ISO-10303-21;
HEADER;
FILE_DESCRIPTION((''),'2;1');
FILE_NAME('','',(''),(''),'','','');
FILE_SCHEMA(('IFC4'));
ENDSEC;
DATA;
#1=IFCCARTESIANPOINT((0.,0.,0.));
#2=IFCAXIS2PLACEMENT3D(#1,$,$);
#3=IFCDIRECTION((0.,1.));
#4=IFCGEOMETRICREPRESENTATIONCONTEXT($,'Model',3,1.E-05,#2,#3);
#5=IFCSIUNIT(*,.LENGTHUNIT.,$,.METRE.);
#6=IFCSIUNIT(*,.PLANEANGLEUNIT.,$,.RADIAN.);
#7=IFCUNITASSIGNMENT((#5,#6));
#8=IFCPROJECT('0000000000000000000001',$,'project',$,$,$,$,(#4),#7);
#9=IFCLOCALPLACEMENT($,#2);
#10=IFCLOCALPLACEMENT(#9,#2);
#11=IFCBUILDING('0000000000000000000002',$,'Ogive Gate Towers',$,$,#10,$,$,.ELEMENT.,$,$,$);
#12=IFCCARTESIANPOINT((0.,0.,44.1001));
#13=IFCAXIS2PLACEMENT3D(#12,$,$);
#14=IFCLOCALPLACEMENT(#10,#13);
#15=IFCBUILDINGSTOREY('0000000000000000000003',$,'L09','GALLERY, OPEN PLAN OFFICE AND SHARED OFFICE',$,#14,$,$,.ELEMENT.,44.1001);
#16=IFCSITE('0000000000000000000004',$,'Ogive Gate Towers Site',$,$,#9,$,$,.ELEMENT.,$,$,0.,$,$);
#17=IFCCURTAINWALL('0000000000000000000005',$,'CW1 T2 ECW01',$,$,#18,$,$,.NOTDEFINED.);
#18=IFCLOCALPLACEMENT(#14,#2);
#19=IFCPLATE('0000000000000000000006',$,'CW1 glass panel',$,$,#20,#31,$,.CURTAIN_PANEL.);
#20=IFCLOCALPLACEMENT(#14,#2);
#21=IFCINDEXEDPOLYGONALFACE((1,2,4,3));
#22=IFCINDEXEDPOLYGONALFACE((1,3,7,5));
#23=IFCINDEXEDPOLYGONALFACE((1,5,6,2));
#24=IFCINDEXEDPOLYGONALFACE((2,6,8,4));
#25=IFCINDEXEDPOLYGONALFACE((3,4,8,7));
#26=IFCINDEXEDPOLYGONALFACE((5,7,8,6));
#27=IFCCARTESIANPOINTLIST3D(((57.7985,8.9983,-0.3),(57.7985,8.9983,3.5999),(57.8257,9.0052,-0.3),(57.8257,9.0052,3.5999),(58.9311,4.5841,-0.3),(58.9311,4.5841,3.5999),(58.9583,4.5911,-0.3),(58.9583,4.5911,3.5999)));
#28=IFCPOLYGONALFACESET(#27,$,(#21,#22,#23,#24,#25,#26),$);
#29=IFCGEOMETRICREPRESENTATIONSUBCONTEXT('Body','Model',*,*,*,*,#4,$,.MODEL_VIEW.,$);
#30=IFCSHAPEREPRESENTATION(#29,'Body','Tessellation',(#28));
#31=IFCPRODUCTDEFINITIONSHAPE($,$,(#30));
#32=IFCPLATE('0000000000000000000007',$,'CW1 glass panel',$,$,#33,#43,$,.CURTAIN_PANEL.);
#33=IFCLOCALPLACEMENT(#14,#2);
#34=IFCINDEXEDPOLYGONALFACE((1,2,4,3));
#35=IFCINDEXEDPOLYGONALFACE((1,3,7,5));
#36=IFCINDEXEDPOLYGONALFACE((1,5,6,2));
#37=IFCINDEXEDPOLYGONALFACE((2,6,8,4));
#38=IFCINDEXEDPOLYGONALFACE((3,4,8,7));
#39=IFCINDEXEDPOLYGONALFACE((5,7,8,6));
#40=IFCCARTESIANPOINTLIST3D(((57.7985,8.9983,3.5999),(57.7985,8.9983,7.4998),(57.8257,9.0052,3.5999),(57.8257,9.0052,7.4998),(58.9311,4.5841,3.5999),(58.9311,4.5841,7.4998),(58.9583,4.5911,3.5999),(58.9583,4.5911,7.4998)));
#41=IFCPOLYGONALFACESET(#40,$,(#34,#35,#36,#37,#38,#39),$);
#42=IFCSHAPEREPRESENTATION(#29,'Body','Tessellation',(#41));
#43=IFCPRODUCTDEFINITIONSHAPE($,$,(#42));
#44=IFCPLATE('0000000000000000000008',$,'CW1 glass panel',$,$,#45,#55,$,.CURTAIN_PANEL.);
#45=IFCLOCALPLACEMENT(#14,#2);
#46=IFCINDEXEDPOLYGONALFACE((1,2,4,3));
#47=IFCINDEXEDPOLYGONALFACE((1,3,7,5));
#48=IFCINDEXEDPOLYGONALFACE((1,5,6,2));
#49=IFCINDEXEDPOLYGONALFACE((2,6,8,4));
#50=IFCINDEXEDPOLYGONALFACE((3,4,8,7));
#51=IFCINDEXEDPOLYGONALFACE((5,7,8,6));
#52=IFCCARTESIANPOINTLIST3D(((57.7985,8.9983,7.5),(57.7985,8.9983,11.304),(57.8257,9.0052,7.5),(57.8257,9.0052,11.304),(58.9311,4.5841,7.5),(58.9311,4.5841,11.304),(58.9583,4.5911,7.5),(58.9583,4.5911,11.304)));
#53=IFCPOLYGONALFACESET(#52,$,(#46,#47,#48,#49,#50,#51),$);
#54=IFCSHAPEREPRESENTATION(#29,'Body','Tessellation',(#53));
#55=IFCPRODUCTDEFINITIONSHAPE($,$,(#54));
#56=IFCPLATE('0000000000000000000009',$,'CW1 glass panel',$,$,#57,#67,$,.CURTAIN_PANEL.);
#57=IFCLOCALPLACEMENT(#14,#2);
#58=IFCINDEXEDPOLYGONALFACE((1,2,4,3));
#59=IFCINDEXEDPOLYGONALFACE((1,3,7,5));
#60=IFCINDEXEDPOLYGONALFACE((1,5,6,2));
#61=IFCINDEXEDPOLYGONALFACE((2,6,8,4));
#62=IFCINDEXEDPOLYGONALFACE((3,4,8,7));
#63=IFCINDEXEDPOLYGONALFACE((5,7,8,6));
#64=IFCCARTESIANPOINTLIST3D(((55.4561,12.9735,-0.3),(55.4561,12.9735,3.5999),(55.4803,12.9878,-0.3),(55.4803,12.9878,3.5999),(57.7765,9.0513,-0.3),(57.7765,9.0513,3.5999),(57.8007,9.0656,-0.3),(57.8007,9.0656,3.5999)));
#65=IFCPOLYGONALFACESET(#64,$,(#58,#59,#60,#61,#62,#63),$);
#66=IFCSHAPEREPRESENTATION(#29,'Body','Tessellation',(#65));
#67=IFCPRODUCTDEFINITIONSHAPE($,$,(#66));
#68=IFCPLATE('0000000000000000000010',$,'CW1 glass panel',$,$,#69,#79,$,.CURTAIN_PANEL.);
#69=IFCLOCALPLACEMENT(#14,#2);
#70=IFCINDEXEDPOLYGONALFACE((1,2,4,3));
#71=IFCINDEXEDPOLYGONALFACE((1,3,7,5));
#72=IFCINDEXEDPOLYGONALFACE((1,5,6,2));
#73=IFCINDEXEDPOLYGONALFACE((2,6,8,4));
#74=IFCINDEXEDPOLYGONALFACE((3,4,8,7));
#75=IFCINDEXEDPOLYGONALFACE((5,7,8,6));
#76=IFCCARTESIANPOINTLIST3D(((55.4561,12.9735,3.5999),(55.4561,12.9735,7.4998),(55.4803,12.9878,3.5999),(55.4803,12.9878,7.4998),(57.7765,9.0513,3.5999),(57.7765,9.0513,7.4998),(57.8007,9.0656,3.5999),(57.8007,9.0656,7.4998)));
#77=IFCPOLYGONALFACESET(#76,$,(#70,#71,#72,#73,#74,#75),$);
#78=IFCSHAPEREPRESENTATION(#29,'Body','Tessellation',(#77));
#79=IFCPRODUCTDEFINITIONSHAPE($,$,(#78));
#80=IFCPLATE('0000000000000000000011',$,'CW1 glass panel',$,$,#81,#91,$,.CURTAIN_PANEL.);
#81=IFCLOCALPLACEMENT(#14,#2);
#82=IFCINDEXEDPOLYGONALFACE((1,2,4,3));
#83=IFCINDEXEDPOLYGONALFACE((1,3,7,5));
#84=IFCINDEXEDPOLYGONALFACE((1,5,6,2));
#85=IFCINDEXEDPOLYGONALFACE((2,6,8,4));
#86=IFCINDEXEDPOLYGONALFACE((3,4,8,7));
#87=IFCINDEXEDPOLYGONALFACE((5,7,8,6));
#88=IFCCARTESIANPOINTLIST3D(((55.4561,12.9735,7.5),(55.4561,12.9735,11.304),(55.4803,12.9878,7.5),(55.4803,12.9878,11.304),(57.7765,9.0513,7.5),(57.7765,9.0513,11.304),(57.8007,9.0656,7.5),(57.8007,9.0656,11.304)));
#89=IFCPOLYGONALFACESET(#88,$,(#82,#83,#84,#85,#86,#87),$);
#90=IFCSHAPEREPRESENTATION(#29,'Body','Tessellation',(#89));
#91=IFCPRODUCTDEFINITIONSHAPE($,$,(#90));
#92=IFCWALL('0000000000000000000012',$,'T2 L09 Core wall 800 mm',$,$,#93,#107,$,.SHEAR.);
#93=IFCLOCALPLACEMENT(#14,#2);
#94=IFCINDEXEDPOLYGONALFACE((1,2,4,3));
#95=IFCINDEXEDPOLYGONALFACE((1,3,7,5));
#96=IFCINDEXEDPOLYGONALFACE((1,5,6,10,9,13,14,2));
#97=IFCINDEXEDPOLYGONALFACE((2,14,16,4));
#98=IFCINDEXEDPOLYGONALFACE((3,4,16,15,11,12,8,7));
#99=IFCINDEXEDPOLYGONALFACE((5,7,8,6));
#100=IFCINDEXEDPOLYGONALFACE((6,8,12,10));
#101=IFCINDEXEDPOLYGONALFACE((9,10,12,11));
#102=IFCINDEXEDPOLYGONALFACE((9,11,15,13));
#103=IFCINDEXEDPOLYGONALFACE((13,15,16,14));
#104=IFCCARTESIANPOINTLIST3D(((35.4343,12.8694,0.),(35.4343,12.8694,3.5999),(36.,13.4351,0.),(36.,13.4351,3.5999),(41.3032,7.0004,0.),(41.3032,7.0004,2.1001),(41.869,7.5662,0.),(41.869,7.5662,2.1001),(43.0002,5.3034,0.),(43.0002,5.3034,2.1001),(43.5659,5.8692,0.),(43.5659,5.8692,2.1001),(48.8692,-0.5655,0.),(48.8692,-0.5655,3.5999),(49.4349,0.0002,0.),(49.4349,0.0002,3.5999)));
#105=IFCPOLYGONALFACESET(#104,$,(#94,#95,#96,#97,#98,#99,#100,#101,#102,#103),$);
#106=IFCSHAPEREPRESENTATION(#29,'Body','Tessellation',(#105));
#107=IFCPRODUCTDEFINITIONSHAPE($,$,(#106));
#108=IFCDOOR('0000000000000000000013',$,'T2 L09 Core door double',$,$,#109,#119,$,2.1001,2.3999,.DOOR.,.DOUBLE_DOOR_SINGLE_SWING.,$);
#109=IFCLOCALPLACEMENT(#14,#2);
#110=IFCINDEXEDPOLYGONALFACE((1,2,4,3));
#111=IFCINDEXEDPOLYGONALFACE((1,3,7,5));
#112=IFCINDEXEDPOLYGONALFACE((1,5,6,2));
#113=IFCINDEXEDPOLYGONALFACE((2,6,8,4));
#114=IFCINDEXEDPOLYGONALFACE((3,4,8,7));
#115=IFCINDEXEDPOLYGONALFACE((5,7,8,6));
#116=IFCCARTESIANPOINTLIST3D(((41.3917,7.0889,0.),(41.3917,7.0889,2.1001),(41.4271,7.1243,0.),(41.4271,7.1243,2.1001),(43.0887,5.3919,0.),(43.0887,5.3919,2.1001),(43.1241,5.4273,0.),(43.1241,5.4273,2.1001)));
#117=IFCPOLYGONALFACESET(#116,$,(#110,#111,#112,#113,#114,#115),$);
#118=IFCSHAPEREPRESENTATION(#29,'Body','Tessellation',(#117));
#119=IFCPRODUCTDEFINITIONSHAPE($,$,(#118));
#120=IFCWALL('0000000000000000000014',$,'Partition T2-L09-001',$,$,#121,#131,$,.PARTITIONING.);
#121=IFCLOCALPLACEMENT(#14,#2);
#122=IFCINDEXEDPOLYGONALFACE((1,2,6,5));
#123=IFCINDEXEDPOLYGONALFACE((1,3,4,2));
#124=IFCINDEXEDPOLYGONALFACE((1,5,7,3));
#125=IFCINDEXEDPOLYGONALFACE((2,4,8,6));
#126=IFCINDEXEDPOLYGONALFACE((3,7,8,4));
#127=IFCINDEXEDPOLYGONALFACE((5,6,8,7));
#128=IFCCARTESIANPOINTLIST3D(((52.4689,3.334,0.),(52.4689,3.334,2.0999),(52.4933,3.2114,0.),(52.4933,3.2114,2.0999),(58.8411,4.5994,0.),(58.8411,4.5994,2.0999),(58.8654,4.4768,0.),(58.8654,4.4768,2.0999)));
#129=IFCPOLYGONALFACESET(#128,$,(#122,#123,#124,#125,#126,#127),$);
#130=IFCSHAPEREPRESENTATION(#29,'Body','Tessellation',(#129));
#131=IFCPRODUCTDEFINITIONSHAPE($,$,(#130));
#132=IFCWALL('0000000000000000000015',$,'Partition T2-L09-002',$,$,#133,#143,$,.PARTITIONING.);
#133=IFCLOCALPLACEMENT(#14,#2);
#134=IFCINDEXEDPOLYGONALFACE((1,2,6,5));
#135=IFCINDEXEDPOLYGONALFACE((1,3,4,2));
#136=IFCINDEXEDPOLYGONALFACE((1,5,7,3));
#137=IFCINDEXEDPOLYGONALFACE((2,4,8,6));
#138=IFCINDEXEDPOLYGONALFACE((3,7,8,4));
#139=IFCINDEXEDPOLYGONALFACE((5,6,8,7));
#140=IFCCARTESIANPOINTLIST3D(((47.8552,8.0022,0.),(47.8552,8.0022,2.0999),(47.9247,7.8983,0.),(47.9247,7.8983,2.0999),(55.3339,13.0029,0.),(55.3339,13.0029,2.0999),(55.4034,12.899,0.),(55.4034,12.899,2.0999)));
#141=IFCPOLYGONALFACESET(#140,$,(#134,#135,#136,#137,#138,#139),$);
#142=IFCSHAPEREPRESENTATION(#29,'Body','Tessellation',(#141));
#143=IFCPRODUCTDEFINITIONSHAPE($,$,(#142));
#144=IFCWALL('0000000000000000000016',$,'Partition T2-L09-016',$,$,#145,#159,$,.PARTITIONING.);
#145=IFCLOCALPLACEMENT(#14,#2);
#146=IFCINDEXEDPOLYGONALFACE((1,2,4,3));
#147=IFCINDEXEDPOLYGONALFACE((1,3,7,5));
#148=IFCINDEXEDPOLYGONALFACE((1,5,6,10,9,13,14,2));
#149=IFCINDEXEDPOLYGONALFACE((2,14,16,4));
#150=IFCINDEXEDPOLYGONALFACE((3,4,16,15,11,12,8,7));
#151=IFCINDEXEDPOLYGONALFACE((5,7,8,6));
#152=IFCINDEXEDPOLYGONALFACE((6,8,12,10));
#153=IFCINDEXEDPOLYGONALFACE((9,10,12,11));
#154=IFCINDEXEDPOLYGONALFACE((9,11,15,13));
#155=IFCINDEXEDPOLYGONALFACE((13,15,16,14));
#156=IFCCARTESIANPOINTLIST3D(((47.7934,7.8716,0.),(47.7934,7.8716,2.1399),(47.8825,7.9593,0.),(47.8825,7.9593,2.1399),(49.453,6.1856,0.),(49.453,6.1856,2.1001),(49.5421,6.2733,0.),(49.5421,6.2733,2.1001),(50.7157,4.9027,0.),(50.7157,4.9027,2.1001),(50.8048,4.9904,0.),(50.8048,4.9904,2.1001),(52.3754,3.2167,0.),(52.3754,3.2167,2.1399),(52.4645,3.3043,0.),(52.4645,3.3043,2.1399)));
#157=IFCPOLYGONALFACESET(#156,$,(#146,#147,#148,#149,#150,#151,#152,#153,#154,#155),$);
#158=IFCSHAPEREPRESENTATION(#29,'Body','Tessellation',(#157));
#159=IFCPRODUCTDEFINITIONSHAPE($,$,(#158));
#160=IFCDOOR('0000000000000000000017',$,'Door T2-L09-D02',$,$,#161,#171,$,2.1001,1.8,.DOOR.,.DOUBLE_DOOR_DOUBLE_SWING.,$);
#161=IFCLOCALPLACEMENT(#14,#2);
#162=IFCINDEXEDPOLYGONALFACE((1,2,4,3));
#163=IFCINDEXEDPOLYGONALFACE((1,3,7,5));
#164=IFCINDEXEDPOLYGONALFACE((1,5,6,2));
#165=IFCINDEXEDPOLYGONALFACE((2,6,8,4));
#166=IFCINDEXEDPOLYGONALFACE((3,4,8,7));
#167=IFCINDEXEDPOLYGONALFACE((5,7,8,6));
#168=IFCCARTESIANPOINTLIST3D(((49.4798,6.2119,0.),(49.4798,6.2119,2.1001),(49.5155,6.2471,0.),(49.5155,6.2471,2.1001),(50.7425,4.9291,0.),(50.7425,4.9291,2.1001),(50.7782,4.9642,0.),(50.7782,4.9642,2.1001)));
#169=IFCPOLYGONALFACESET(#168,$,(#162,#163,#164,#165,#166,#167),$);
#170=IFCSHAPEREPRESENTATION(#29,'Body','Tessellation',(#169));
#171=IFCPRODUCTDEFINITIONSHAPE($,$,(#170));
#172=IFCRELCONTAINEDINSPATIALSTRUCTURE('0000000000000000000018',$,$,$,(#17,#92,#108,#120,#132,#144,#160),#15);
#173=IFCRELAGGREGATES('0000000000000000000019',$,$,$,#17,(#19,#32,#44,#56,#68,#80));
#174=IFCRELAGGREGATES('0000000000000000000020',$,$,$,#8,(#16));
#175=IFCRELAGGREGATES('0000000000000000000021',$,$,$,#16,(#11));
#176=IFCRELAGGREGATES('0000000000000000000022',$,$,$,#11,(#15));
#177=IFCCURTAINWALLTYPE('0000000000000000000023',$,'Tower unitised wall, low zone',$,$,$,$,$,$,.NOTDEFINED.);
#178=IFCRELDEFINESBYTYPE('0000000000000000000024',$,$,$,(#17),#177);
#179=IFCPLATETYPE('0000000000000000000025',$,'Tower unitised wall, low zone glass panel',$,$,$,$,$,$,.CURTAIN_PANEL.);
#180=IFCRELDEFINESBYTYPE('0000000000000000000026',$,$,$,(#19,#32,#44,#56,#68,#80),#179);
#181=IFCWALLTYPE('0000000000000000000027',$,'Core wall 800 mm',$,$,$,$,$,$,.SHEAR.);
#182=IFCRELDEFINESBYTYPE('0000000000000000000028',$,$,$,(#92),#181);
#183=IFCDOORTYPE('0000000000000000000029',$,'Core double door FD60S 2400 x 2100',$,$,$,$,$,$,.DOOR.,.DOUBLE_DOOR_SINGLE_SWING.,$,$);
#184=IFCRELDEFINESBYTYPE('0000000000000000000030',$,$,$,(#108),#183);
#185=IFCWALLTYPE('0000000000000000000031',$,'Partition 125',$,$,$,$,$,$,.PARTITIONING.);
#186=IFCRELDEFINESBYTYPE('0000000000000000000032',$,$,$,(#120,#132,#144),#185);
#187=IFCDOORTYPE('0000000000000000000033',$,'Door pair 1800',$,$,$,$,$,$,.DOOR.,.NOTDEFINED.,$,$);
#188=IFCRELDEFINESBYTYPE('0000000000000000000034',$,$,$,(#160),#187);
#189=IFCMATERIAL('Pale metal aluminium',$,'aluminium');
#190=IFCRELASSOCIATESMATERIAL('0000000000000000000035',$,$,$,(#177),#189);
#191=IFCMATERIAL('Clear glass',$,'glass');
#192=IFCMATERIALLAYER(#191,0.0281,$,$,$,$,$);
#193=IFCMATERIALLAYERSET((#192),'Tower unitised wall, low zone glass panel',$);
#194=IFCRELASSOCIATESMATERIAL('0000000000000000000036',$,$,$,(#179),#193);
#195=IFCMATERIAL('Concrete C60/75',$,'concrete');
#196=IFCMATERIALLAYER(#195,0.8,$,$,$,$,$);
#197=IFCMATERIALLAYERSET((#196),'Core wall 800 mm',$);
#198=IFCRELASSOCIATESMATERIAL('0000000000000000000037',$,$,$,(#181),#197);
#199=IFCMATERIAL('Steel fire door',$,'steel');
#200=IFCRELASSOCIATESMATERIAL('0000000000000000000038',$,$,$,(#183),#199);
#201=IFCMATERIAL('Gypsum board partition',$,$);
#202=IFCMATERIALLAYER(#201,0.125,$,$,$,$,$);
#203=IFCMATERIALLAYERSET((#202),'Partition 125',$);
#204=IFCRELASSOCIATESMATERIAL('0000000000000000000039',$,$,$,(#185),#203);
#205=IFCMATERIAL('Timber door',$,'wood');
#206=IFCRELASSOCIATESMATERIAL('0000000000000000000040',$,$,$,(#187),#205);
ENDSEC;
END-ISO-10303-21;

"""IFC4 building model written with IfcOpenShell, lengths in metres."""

from ifc_helpers import new_model, si_unit, direction, frame, frame_2d, origin, origin_2d, place, context, subcontext, project, spatial, rectangle, extrude, material, layer, layer_set, type_object, element, fill, aggregate, save


model = new_model("IFC4")

# Units and contexts
model_context = context("Model", 3, precision=1e-05, world=origin(), true_north=direction((0.0, 1.0)))
body_context = subcontext(model_context, "Body", "Model", "MODEL_VIEW")
ifc_project = project(units=[si_unit("LENGTHUNIT", "METRE"), si_unit("PLANEANGLEUNIT", "RADIAN")], contexts=[model_context])

# Site, building, storey
site_placement = place(None, origin())
site = spatial("IfcSite", under=ifc_project, at=site_placement, Name="Ogive Gate Towers Site", CompositionType="ELEMENT", RefElevation=0.0)
building_placement = place(site_placement, origin())
building = spatial("IfcBuilding", under=site, at=building_placement, Name="Ogive Gate Towers", CompositionType="ELEMENT")
storey_placement = place(building_placement, frame((0.0, 0.0, 44.1001)))
storey = spatial("IfcBuildingStorey", under=building, at=storey_placement, Name="L09", Description="GALLERY, OPEN PLAN OFFICE AND SHARED OFFICE", CompositionType="ELEMENT", Elevation=44.1001)

# Curtain wall, plates
ifc_material_1 = material(Name="Pale metal aluminium", Category="aluminium")
curtain_wall_type = type_object("IfcCurtainWallType", Name="Tower unitised wall, low zone", PredefinedType="NOTDEFINED", material=ifc_material_1)
curtain_wall_placement = place(storey_placement, origin())
curtain_wall = element("IfcCurtainWall", 1, at=curtain_wall_placement, inside=storey, type_object=curtain_wall_type, Name="CW1 T2 ECW01", PredefinedType="NOTDEFINED")
ifc_material_2 = material(Name="Clear glass", Category="glass")
ifc_layer_1 = layer(ifc_material_2, 0.0281)
ifc_layer_set_1 = layer_set([ifc_layer_1], Name="Tower unitised wall, low zone glass panel")
plate_type = type_object("IfcPlateType", Name="Tower unitised wall, low zone glass panel", PredefinedType="CURTAIN_PANEL", material=ifc_layer_set_1)
plate_1_placement = place(storey_placement, frame((58.3784, 6.7947, -0.3), z_axis=(0.0, 0.0, 1.0), x_axis=(-0.248521, 0.968627, 0.0)))
plate_1 = element("IfcPlate", 2, at=plate_1_placement, type_object=plate_type, Name="CW1 glass panel", PredefinedType="CURTAIN_PANEL", context=body_context, shape_type="SweptSolid", body=[
    extrude(rectangle(XDim=4.5571, YDim=0.0281, at=origin_2d()), origin(), (0.0, 0.0, 1.0), 3.8999),
])
plate_2_placement = place(storey_placement, frame((58.3784, 6.7947, 3.5999), z_axis=(0.0, 0.0, 1.0), x_axis=(-0.248521, 0.968627, 0.0)))
plate_2 = element("IfcPlate", 3, at=plate_2_placement, type_object=plate_type, Name="CW1 glass panel", PredefinedType="CURTAIN_PANEL", context=body_context, shape_type="SweptSolid", body=[
    extrude(rectangle(XDim=4.5571, YDim=0.0281, at=origin_2d()), origin(), (0.0, 0.0, 1.0), 3.8999),
])
plate_3_placement = place(storey_placement, frame((58.3784, 6.7947, 7.5), z_axis=(0.0, 0.0, 1.0), x_axis=(-0.248521, 0.968627, 0.0)))
plate_3 = element("IfcPlate", 4, at=plate_3_placement, type_object=plate_type, Name="CW1 glass panel", PredefinedType="CURTAIN_PANEL", context=body_context, shape_type="SweptSolid", body=[
    extrude(rectangle(XDim=4.5571, YDim=0.0281, at=origin_2d()), origin(), (0.0, 0.0, 1.0), 3.804),
])
plate_4_placement = place(storey_placement, frame((56.6284, 11.0195, -0.3), z_axis=(0.0, 0.0, 1.0), x_axis=(-0.509177, 0.860662, 0.0)))
plate_4 = element("IfcPlate", 5, at=plate_4_placement, type_object=plate_type, Name="CW1 glass panel", PredefinedType="CURTAIN_PANEL", context=body_context, shape_type="SweptSolid", body=[
    extrude(rectangle(XDim=4.5571, YDim=0.0281, at=origin_2d()), origin(), (0.0, 0.0, 1.0), 3.8999),
])
plate_5_placement = place(storey_placement, frame((56.6284, 11.0195, 3.5999), z_axis=(0.0, 0.0, 1.0), x_axis=(-0.509177, 0.860662, 0.0)))
plate_5 = element("IfcPlate", 6, at=plate_5_placement, type_object=plate_type, Name="CW1 glass panel", PredefinedType="CURTAIN_PANEL", context=body_context, shape_type="SweptSolid", body=[
    extrude(rectangle(XDim=4.5571, YDim=0.0281, at=origin_2d()), origin(), (0.0, 0.0, 1.0), 3.8999),
])
plate_6_placement = place(storey_placement, frame((56.6284, 11.0195, 7.5), z_axis=(0.0, 0.0, 1.0), x_axis=(-0.509177, 0.860662, 0.0)))
plate_6 = element("IfcPlate", 7, at=plate_6_placement, type_object=plate_type, Name="CW1 glass panel", PredefinedType="CURTAIN_PANEL", context=body_context, shape_type="SweptSolid", body=[
    extrude(rectangle(XDim=4.5571, YDim=0.0281, at=origin_2d()), origin(), (0.0, 0.0, 1.0), 3.804),
])
aggregate(curtain_wall, [plate_1, plate_2, plate_3, plate_4, plate_5, plate_6])

# Wall, opening, door
ifc_material_3 = material(Name="Concrete C60/75", Category="concrete")
ifc_layer_2 = layer(ifc_material_3, 0.8)
ifc_layer_set_2 = layer_set([ifc_layer_2], Name="Core wall 800 mm")
wall_type_1 = type_object("IfcWallType", Name="Core wall 800 mm", PredefinedType="SHEAR", material=ifc_layer_set_2)
wall_1_placement = place(storey_placement, frame((49.1521, -0.2827, 0.0), z_axis=(0.0, 0.0, 1.0), x_axis=(-0.707107, 0.707107, 0.0)))
wall_1 = element("IfcWall", 8, at=wall_1_placement, inside=storey, type_object=wall_type_1, Name="T2 L09 Core wall 800 mm", PredefinedType="SHEAR", context=body_context, shape_type="SweptSolid", body=[
    extrude(rectangle(XDim=18.9998, YDim=0.8, at=frame_2d((9.5, 0.0))), origin(), (0.0, 0.0, 1.0), 3.5999),
])
opening_1_placement = place(wall_1_placement, frame((8.3, 0.0, 0.0)))
opening_1 = element("IfcOpeningElement", 9, at=opening_1_placement, cuts=wall_1, PredefinedType="OPENING", context=body_context, shape_type="SweptSolid", body=[
    extrude(rectangle(XDim=2.3999, YDim=2.1001, at=frame_2d((1.2, 1.05))), frame((0.0, 0.4102, 0.0), z_axis=(0.0, -1.0, 0.0), x_axis=(1.0, 0.0, 0.0)), (0.0, 0.0, 1.0), 0.8201),
])
ifc_material_4 = material(Name="Steel fire door", Category="steel")
door_type_1 = type_object("IfcDoorType", Name="Core double door FD60S 2400 x 2100", OperationType="DOUBLE_DOOR_SINGLE_SWING", PredefinedType="DOOR", material=ifc_material_4)
door_1_placement = place(opening_1_placement, origin())
door_1 = element("IfcDoor", 10, at=door_1_placement, inside=storey, type_object=door_type_1, Name="T2 L09 Core door double", OperationType="DOUBLE_DOOR_SINGLE_SWING", OverallHeight=2.1001, OverallWidth=2.3999, PredefinedType="DOOR", context=body_context, shape_type="SweptSolid", body=[
    extrude(rectangle(XDim=2.3999, YDim=2.1001, at=frame_2d((1.2, 1.05))), frame((0.0, 0.2749, 0.0), z_axis=(0.0, -1.0, 0.0), x_axis=(1.0, 0.0, 0.0)), (0.0, 0.0, 1.0), 0.05),
])
fill(opening_1, door_1)

# Walls
ifc_material_5 = material(Name="Gypsum board partition")
ifc_layer_3 = layer(ifc_material_5, 0.125)
ifc_layer_set_3 = layer_set([ifc_layer_3], Name="Partition 125")
wall_type_2 = type_object("IfcWallType", Name="Partition 125", PredefinedType="PARTITIONING", material=ifc_layer_set_3)
wall_2_placement = place(storey_placement, frame((58.8533, 4.5381, 0.0), z_axis=(0.0, 0.0, 1.0), x_axis=(-0.980847, -0.194779, 0.0)))
element("IfcWall", 11, at=wall_2_placement, inside=storey, type_object=wall_type_2, Name="Partition T2-L09-001", PredefinedType="PARTITIONING", context=body_context, shape_type="SweptSolid", body=[
    extrude(rectangle(XDim=6.4966, YDim=0.125, at=frame_2d((3.2483, 0.0))), origin(), (0.0, 0.0, 1.0), 2.0999),
])
wall_3_placement = place(storey_placement, frame((55.3687, 12.9509, 0.0), z_axis=(0.0, 0.0, 1.0), x_axis=(-0.831285, -0.555846, 0.0)))
element("IfcWall", 12, at=wall_3_placement, inside=storey, type_object=wall_type_2, Name="Partition T2-L09-002", PredefinedType="PARTITIONING", context=body_context, shape_type="SweptSolid", body=[
    extrude(rectangle(XDim=8.9966, YDim=0.125, at=frame_2d((4.4983, 0.0))), origin(), (0.0, 0.0, 1.0), 2.0999),
])

# Wall, opening, door
wall_4_placement = place(storey_placement, frame((52.4199, 3.2605, 0.0), z_axis=(0.0, 0.0, 1.0), x_axis=(-0.701497, 0.712673, 0.0)))
wall_4 = element("IfcWall", 13, at=wall_4_placement, inside=storey, type_object=wall_type_2, Name="Partition T2-L09-016", PredefinedType="PARTITIONING", context=body_context, shape_type="SweptSolid", body=[
    extrude(rectangle(XDim=6.5317, YDim=0.125, at=frame_2d((3.2659, 0.0))), origin(), (0.0, 0.0, 1.0), 2.1399),
])
opening_2_placement = place(wall_4_placement, frame((2.366, 0.0, 0.0)))
opening_2 = element("IfcOpeningElement", 14, at=opening_2_placement, cuts=wall_4, PredefinedType="OPENING", context=body_context, shape_type="SweptSolid", body=[
    extrude(rectangle(XDim=1.8, YDim=2.1001, at=frame_2d((0.8999, 1.05))), frame((0.0, 0.0725, 0.0), z_axis=(0.0, -1.0, 0.0), x_axis=(1.0, 0.0, 0.0)), (0.0, 0.0, 1.0), 0.145),
])
ifc_material_6 = material(Name="Timber door", Category="wood")
door_type_2 = type_object("IfcDoorType", Name="Door pair 1800", OperationType="NOTDEFINED", PredefinedType="DOOR", material=ifc_material_6)
door_2_placement = place(opening_2_placement, origin())
door_2 = element("IfcDoor", 15, at=door_2_placement, inside=storey, type_object=door_type_2, Name="Door T2-L09-D02", OperationType="DOUBLE_DOOR_DOUBLE_SWING", OverallHeight=2.1001, OverallWidth=1.8, PredefinedType="DOOR", context=body_context, shape_type="SweptSolid", body=[
    extrude(rectangle(XDim=1.8, YDim=2.1001, at=frame_2d((0.8999, 1.05))), frame((0.0, 0.0249, 0.0), z_axis=(0.0, -1.0, 0.0), x_axis=(1.0, 0.0, 0.0)), (0.0, 0.0, 1.0), 0.05),
])
fill(opening_2, door_2)

save(model, "model.ifc")
